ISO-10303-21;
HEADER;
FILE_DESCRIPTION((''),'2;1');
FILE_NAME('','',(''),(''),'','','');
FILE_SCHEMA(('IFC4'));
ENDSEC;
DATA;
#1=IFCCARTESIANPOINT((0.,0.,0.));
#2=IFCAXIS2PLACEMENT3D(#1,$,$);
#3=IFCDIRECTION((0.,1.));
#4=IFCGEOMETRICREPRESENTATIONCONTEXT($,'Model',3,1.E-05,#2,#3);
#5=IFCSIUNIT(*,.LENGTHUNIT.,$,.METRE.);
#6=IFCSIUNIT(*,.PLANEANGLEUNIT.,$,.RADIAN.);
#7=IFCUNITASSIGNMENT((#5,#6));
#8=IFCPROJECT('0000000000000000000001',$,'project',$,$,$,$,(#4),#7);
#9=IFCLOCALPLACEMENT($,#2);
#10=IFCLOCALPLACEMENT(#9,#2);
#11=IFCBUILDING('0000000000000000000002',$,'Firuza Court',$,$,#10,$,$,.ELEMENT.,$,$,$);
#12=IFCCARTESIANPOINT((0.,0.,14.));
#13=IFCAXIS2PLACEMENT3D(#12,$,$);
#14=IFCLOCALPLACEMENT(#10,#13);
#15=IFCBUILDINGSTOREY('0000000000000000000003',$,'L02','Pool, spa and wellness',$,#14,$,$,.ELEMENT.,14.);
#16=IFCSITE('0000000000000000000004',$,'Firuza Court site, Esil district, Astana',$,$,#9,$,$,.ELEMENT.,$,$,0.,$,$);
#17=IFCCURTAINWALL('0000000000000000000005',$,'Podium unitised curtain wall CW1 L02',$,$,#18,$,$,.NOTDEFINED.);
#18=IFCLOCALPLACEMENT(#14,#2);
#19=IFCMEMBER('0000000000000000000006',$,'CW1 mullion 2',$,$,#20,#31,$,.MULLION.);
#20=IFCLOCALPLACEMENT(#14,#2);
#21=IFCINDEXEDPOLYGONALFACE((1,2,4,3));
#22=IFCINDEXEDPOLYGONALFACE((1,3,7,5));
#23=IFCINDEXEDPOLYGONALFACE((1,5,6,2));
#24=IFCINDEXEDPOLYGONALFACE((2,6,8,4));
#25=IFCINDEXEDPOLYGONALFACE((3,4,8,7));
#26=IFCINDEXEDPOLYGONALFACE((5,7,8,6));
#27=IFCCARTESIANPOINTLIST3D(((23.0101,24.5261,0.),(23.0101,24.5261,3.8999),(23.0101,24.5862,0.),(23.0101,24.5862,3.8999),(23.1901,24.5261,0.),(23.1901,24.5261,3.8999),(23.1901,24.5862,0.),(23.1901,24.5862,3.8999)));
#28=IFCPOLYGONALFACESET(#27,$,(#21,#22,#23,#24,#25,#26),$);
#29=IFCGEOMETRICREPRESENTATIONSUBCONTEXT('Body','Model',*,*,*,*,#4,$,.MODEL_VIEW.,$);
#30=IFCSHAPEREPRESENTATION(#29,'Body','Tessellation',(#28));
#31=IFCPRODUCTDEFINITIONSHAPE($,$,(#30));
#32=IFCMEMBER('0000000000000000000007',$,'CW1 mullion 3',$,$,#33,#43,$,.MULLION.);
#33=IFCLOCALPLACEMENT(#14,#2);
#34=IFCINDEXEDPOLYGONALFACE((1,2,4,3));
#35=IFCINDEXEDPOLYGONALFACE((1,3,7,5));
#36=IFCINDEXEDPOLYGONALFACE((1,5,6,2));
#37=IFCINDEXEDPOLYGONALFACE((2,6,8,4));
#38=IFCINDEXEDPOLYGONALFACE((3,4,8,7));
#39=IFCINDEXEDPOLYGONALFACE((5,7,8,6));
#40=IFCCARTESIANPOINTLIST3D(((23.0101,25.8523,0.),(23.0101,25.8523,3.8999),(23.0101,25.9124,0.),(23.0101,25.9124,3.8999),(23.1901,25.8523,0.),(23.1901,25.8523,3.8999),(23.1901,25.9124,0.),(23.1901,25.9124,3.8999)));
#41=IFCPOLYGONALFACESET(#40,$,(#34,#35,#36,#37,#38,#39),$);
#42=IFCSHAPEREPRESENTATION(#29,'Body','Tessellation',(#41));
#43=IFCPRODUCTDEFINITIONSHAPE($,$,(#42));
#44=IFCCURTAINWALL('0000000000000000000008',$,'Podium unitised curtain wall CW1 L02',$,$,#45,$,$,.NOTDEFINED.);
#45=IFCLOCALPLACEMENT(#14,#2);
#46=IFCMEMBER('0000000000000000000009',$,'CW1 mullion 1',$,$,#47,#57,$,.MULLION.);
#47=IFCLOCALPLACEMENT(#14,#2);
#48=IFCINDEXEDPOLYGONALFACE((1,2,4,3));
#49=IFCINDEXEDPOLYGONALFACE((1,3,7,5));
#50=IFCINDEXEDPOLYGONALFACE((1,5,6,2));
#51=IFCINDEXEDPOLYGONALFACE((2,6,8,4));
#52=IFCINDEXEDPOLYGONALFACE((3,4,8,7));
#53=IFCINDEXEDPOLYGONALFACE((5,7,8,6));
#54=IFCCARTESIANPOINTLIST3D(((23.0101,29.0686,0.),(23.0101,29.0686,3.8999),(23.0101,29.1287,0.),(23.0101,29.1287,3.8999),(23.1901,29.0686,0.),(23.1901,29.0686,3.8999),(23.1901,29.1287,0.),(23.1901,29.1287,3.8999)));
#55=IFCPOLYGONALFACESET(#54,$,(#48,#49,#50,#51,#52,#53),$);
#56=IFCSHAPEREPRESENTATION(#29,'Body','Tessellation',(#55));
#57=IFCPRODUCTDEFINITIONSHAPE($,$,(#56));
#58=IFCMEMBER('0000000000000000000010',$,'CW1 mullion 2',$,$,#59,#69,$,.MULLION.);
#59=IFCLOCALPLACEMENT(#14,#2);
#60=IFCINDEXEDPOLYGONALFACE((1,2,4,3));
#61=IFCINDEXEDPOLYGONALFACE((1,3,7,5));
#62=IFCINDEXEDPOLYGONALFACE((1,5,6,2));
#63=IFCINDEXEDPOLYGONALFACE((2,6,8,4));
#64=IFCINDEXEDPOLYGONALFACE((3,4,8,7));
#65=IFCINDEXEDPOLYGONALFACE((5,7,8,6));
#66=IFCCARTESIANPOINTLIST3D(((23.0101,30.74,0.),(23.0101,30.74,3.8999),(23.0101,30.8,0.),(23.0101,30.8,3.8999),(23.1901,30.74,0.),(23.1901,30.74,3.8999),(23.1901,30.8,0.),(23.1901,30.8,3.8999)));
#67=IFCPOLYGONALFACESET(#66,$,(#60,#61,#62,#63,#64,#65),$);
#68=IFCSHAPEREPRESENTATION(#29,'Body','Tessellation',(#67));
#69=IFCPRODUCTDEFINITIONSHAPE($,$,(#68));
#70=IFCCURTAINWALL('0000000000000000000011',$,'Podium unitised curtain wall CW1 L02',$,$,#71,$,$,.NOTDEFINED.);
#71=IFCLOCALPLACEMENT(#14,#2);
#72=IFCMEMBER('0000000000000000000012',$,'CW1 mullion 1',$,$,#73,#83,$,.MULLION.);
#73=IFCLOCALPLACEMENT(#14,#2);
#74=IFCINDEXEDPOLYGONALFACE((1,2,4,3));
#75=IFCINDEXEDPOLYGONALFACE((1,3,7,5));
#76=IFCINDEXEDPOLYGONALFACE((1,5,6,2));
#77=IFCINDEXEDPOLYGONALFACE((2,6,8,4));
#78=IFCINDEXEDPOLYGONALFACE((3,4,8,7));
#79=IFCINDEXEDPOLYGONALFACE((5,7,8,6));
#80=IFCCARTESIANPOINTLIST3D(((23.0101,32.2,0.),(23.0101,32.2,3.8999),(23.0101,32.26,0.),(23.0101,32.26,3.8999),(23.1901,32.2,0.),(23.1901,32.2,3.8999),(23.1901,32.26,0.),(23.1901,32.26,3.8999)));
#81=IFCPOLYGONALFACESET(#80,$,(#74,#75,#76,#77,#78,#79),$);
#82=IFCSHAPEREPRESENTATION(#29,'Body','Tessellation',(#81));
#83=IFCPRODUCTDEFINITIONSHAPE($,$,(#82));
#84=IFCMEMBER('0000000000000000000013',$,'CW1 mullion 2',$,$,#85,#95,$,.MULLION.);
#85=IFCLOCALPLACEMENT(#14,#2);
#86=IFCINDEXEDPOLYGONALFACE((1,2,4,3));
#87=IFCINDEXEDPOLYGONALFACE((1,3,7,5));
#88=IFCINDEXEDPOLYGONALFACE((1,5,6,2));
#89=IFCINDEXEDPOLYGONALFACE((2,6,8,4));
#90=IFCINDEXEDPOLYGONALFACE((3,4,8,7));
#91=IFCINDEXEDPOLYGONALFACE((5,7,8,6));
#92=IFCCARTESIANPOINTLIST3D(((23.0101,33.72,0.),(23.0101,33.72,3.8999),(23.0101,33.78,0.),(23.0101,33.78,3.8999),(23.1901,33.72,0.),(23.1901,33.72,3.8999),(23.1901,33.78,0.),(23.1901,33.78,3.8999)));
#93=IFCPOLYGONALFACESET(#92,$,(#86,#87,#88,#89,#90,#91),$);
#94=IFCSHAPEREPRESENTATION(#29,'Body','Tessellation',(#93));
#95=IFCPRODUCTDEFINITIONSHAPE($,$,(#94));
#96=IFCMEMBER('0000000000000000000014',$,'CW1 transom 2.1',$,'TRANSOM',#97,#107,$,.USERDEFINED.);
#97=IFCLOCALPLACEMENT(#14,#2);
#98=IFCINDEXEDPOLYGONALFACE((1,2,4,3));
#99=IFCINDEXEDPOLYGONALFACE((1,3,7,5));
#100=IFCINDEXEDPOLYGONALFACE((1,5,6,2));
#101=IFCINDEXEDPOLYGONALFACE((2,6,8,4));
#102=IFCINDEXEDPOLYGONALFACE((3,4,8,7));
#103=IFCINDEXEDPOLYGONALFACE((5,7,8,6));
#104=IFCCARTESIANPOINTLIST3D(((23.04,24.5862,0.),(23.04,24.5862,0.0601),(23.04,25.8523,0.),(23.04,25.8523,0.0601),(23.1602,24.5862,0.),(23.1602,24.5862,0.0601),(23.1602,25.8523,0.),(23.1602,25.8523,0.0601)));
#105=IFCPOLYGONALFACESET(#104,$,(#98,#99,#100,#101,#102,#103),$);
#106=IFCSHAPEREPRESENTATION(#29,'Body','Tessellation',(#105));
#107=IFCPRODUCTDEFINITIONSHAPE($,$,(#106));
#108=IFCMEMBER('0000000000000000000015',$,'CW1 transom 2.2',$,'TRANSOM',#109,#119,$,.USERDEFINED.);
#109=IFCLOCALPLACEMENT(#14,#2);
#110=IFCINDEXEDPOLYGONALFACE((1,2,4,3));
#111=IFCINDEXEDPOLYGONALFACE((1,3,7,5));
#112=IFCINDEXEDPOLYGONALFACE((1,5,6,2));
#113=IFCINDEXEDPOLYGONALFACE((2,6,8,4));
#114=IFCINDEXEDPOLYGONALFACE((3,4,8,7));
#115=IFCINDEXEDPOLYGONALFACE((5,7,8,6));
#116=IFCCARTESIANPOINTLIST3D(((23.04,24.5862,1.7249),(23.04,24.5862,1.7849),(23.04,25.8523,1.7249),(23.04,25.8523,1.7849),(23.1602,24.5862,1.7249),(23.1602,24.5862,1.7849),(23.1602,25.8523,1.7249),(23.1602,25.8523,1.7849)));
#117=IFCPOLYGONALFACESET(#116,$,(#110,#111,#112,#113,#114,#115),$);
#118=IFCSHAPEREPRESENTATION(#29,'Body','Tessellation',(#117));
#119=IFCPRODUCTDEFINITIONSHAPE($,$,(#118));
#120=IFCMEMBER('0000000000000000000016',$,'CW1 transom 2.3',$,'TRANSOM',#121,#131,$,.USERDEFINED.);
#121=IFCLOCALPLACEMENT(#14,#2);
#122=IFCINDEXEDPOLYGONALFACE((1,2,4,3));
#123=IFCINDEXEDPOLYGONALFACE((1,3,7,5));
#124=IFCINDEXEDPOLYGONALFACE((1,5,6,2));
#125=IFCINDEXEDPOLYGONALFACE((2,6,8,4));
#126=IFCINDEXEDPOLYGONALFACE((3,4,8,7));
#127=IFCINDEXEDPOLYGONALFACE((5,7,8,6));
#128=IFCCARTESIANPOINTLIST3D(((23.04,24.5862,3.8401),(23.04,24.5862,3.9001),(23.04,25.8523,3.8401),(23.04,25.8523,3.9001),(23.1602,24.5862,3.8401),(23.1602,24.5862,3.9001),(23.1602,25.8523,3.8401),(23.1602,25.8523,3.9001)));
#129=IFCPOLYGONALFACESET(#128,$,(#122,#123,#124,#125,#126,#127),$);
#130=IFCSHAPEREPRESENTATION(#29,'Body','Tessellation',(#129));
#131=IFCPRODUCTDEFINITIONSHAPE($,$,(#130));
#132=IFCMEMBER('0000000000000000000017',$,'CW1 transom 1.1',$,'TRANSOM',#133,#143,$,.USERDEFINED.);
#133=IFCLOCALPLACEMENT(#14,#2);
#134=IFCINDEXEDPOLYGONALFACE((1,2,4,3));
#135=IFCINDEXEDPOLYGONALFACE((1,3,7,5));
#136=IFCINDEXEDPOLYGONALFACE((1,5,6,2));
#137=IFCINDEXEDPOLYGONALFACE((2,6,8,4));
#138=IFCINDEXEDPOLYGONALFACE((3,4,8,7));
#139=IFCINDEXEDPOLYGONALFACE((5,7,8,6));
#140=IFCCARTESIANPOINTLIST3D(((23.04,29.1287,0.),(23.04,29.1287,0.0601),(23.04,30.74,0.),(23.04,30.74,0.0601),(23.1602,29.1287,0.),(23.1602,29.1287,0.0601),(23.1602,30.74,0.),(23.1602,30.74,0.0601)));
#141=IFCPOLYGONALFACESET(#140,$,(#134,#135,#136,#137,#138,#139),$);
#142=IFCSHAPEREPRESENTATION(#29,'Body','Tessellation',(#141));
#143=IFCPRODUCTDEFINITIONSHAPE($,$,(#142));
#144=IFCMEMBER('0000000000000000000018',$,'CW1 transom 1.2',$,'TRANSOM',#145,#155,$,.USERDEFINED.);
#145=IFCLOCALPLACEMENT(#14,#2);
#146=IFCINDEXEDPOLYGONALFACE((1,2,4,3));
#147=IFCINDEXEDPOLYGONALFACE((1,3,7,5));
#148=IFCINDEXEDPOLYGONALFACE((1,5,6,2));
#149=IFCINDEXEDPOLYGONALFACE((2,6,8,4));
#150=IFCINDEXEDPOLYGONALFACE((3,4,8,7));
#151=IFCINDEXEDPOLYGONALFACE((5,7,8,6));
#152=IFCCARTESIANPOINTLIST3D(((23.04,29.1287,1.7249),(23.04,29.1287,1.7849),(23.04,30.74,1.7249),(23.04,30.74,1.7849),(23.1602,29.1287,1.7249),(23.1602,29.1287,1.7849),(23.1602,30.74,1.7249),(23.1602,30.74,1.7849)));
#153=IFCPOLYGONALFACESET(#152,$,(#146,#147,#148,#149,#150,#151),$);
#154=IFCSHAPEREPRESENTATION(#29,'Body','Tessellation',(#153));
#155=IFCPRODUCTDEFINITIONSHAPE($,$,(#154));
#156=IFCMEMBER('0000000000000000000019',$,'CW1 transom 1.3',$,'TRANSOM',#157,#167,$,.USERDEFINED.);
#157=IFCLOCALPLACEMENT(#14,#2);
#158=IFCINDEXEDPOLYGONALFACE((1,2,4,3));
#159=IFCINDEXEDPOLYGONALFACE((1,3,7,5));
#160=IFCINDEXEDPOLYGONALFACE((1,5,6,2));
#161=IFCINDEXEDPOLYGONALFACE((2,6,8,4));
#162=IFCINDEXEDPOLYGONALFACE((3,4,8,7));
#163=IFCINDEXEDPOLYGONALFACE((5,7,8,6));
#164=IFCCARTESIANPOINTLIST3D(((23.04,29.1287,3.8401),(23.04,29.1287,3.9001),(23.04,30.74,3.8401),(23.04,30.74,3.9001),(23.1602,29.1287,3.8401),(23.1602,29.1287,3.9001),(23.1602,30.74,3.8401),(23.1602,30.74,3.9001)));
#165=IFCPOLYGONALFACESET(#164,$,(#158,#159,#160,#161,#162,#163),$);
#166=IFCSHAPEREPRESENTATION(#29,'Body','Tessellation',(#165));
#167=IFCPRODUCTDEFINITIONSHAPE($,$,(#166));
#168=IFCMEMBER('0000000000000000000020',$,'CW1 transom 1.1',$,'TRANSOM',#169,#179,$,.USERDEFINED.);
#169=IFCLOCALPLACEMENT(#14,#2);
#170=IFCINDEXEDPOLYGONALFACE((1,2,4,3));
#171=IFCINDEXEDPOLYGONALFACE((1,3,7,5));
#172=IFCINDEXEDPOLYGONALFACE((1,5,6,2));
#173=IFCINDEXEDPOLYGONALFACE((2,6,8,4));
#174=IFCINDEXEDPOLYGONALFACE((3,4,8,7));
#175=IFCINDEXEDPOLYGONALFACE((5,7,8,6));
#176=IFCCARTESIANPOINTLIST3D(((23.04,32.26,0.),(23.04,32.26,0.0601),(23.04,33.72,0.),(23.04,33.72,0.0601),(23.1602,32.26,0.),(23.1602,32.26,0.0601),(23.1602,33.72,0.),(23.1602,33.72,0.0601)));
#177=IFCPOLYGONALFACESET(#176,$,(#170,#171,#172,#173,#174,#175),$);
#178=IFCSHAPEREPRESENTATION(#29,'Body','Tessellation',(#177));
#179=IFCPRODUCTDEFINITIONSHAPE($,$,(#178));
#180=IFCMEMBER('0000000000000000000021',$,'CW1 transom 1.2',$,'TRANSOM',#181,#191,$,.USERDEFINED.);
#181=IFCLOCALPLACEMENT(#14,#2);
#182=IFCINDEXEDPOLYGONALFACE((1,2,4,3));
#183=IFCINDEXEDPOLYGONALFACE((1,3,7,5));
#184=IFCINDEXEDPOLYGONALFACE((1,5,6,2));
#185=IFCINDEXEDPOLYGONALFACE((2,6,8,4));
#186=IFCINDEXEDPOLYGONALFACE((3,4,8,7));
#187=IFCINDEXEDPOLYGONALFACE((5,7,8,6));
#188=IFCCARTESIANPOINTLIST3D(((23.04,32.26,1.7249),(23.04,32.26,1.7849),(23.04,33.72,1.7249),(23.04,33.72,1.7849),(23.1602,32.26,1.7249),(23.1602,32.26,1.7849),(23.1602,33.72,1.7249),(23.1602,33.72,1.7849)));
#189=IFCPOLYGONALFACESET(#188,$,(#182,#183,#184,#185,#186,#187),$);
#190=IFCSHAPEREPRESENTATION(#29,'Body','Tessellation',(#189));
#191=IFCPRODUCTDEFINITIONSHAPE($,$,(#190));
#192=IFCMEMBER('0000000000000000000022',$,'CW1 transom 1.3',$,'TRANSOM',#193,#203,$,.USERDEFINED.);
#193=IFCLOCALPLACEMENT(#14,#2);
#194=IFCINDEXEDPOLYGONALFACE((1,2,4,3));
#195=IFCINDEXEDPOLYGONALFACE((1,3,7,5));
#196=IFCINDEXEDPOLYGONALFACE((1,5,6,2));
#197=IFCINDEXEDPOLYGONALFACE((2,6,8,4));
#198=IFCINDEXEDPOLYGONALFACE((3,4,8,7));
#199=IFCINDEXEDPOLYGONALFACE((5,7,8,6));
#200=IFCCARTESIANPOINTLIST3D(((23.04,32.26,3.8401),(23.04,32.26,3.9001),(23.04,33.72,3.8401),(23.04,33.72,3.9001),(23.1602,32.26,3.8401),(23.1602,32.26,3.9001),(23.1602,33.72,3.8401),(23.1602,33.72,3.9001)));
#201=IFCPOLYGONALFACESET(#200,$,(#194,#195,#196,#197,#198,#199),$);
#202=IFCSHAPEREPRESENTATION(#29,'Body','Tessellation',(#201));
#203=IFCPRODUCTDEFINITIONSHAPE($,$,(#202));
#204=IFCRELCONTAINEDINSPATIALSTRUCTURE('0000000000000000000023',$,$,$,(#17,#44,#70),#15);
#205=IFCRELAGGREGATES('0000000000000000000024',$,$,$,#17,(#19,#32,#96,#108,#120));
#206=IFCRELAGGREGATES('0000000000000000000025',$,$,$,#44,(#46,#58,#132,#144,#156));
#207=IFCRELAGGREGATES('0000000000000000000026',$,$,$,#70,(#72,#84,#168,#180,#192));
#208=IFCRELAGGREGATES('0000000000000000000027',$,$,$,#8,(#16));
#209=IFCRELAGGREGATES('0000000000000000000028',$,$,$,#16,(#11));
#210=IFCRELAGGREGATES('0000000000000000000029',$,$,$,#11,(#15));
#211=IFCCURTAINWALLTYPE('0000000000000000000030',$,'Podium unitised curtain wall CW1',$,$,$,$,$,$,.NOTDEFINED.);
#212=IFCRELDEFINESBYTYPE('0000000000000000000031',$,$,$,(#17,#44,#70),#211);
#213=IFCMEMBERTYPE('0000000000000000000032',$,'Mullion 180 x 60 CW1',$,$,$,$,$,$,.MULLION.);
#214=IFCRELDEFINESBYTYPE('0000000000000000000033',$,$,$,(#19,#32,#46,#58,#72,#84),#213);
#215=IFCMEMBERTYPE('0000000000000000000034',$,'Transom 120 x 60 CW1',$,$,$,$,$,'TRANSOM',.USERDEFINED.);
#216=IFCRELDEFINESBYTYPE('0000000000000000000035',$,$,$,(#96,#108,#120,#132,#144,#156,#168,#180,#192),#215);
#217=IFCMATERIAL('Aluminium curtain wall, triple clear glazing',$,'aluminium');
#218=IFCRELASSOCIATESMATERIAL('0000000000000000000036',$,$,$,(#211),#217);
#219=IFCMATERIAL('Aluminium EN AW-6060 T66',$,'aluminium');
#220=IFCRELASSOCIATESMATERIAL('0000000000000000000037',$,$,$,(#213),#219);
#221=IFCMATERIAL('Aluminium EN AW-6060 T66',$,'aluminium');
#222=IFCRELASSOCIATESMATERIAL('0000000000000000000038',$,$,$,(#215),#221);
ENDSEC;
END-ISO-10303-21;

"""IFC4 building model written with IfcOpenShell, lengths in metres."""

from ifc_helpers import new_model, si_unit, direction, frame, origin, origin_2d, place, context, subcontext, project, spatial, rectangle, extrude, material, material_profile, profile_set, type_object, element, aggregate, save


model = new_model("IFC4")

# Units and contexts
model_context = context("Model", 3, precision=1e-05, world=origin(), true_north=direction((0.0, 1.0)))
body_context = subcontext(model_context, "Body", "Model", "MODEL_VIEW")
ifc_project = project(units=[si_unit("LENGTHUNIT", "METRE"), si_unit("PLANEANGLEUNIT", "RADIAN")], contexts=[model_context])

# Site, building, storey
site_placement = place(None, origin())
site = spatial("IfcSite", under=ifc_project, at=site_placement, Name="Firuza Court site, Esil district, Astana", CompositionType="ELEMENT", RefElevation=0.0)
building_placement = place(site_placement, origin())
building = spatial("IfcBuilding", under=site, at=building_placement, Name="Firuza Court", CompositionType="ELEMENT")
storey_placement = place(building_placement, frame((0.0, 0.0, 14.0)))
storey = spatial("IfcBuildingStorey", under=building, at=storey_placement, Name="L02", Description="Pool, spa and wellness", CompositionType="ELEMENT", Elevation=14.0)

# Curtain walls, members
ifc_material_1 = material(Name="Aluminium curtain wall, triple clear glazing", Category="aluminium")
curtain_wall_type = type_object("IfcCurtainWallType", Name="Podium unitised curtain wall CW1", PredefinedType="NOTDEFINED", material=ifc_material_1)
curtain_wall_1_placement = place(storey_placement, origin())
curtain_wall_1 = element("IfcCurtainWall", 1, at=curtain_wall_1_placement, inside=storey, type_object=curtain_wall_type, Name="Podium unitised curtain wall CW1 L02", PredefinedType="NOTDEFINED")
ifc_material_2 = material(Name="Aluminium EN AW-6060 T66", Category="aluminium")
ifc_material_profile_1 = material_profile(ifc_material_2, rectangle(XDim=0.1799, YDim=0.0601, at=origin_2d()), Name="Mullion 180 x 60 CW1")
ifc_profile_set_1 = profile_set([ifc_material_profile_1], Name="Aluminium EN AW-6060 T66")
member_type_1 = type_object("IfcMemberType", Name="Mullion 180 x 60 CW1", PredefinedType="MULLION", material=ifc_profile_set_1)
member_1_placement = place(storey_placement, frame((23.1001, 24.5562, 0.0), z_axis=(0.0, 0.0, 1.0), x_axis=(-1.0, 0.0, 0.0)))
member_1 = element("IfcMember", 2, at=member_1_placement, type_object=member_type_1, Name="CW1 mullion 2", PredefinedType="MULLION", context=body_context, shape_type="SweptSolid", body=[
    extrude(rectangle(XDim=0.1799, YDim=0.0601, at=origin_2d()), origin(), (0.0, 0.0, 1.0), 3.8999),
])
member_2_placement = place(storey_placement, frame((23.1001, 25.8823, 0.0), z_axis=(0.0, 0.0, 1.0), x_axis=(-1.0, 0.0, 0.0)))
member_2 = element("IfcMember", 3, at=member_2_placement, type_object=member_type_1, Name="CW1 mullion 3", PredefinedType="MULLION", context=body_context, shape_type="SweptSolid", body=[
    extrude(rectangle(XDim=0.1799, YDim=0.0601, at=origin_2d()), origin(), (0.0, 0.0, 1.0), 3.8999),
])
curtain_wall_2_placement = place(storey_placement, origin())
curtain_wall_2 = element("IfcCurtainWall", 4, at=curtain_wall_2_placement, inside=storey, type_object=curtain_wall_type, Name="Podium unitised curtain wall CW1 L02", PredefinedType="NOTDEFINED")
member_3_placement = place(storey_placement, frame((23.1001, 29.0986, 0.0), z_axis=(0.0, 0.0, 1.0), x_axis=(-1.0, 0.0, 0.0)))
member_3 = element("IfcMember", 5, at=member_3_placement, type_object=member_type_1, Name="CW1 mullion 1", PredefinedType="MULLION", context=body_context, shape_type="SweptSolid", body=[
    extrude(rectangle(XDim=0.1799, YDim=0.0601, at=origin_2d()), origin(), (0.0, 0.0, 1.0), 3.8999),
])
member_4_placement = place(storey_placement, frame((23.1001, 30.77, 0.0), z_axis=(0.0, 0.0, 1.0), x_axis=(-1.0, 0.0, 0.0)))
member_4 = element("IfcMember", 6, at=member_4_placement, type_object=member_type_1, Name="CW1 mullion 2", PredefinedType="MULLION", context=body_context, shape_type="SweptSolid", body=[
    extrude(rectangle(XDim=0.1799, YDim=0.0601, at=origin_2d()), origin(), (0.0, 0.0, 1.0), 3.8999),
])
curtain_wall_3_placement = place(storey_placement, origin())
curtain_wall_3 = element("IfcCurtainWall", 7, at=curtain_wall_3_placement, inside=storey, type_object=curtain_wall_type, Name="Podium unitised curtain wall CW1 L02", PredefinedType="NOTDEFINED")
member_5_placement = place(storey_placement, frame((23.1001, 32.23, 0.0), z_axis=(0.0, 0.0, 1.0), x_axis=(-1.0, 0.0, 0.0)))
member_5 = element("IfcMember", 8, at=member_5_placement, type_object=member_type_1, Name="CW1 mullion 1", PredefinedType="MULLION", context=body_context, shape_type="SweptSolid", body=[
    extrude(rectangle(XDim=0.1799, YDim=0.0601, at=origin_2d()), origin(), (0.0, 0.0, 1.0), 3.8999),
])
member_6_placement = place(storey_placement, frame((23.1001, 33.75, 0.0), z_axis=(0.0, 0.0, 1.0), x_axis=(-1.0, 0.0, 0.0)))
member_6 = element("IfcMember", 9, at=member_6_placement, type_object=member_type_1, Name="CW1 mullion 2", PredefinedType="MULLION", context=body_context, shape_type="SweptSolid", body=[
    extrude(rectangle(XDim=0.1799, YDim=0.0601, at=origin_2d()), origin(), (0.0, 0.0, 1.0), 3.8999),
])

# Members
ifc_material_3 = material(Name="Aluminium EN AW-6060 T66", Category="aluminium")
ifc_material_profile_2 = material_profile(ifc_material_3, rectangle(XDim=0.1201, YDim=0.0601, at=origin_2d()), Name="Transom 120 x 60 CW1")
ifc_profile_set_2 = profile_set([ifc_material_profile_2], Name="Aluminium EN AW-6060 T66")
member_type_2 = type_object("IfcMemberType", Name="Transom 120 x 60 CW1", ElementType="TRANSOM", PredefinedType="USERDEFINED", material=ifc_profile_set_2)
member_7_placement = place(storey_placement, frame((23.1001, 24.5862, 0.03), z_axis=(0.0, 1.0, 0.0), x_axis=(-1.0, 0.0, 0.0)))
member_7 = element("IfcMember", 10, at=member_7_placement, type_object=member_type_2, Name="CW1 transom 2.1", ObjectType="TRANSOM", PredefinedType="USERDEFINED", context=body_context, shape_type="SweptSolid", body=[
    extrude(rectangle(XDim=0.1201, YDim=0.0601, at=origin_2d()), origin(), (0.0, 0.0, 1.0), 1.2661),
])
member_8_placement = place(storey_placement, frame((23.1001, 24.5862, 1.7549), z_axis=(0.0, 1.0, 0.0), x_axis=(-1.0, 0.0, 0.0)))
member_8 = element("IfcMember", 11, at=member_8_placement, type_object=member_type_2, Name="CW1 transom 2.2", ObjectType="TRANSOM", PredefinedType="USERDEFINED", context=body_context, shape_type="SweptSolid", body=[
    extrude(rectangle(XDim=0.1201, YDim=0.0601, at=origin_2d()), origin(), (0.0, 0.0, 1.0), 1.2661),
])
member_9_placement = place(storey_placement, frame((23.1001, 24.5862, 3.8701), z_axis=(0.0, 1.0, 0.0), x_axis=(-1.0, 0.0, 0.0)))
member_9 = element("IfcMember", 12, at=member_9_placement, type_object=member_type_2, Name="CW1 transom 2.3", ObjectType="TRANSOM", PredefinedType="USERDEFINED", context=body_context, shape_type="SweptSolid", body=[
    extrude(rectangle(XDim=0.1201, YDim=0.0601, at=origin_2d()), origin(), (0.0, 0.0, 1.0), 1.2661),
])
member_10_placement = place(storey_placement, frame((23.1001, 29.1287, 0.03), z_axis=(0.0, 1.0, 0.0), x_axis=(-1.0, 0.0, 0.0)))
member_10 = element("IfcMember", 13, at=member_10_placement, type_object=member_type_2, Name="CW1 transom 1.1", ObjectType="TRANSOM", PredefinedType="USERDEFINED", context=body_context, shape_type="SweptSolid", body=[
    extrude(rectangle(XDim=0.1201, YDim=0.0601, at=origin_2d()), origin(), (0.0, 0.0, 1.0), 1.6113),
])
member_11_placement = place(storey_placement, frame((23.1001, 29.1287, 1.7549), z_axis=(0.0, 1.0, 0.0), x_axis=(-1.0, 0.0, 0.0)))
member_11 = element("IfcMember", 14, at=member_11_placement, type_object=member_type_2, Name="CW1 transom 1.2", ObjectType="TRANSOM", PredefinedType="USERDEFINED", context=body_context, shape_type="SweptSolid", body=[
    extrude(rectangle(XDim=0.1201, YDim=0.0601, at=origin_2d()), origin(), (0.0, 0.0, 1.0), 1.6113),
])
member_12_placement = place(storey_placement, frame((23.1001, 29.1287, 3.8701), z_axis=(0.0, 1.0, 0.0), x_axis=(-1.0, 0.0, 0.0)))
member_12 = element("IfcMember", 15, at=member_12_placement, type_object=member_type_2, Name="CW1 transom 1.3", ObjectType="TRANSOM", PredefinedType="USERDEFINED", context=body_context, shape_type="SweptSolid", body=[
    extrude(rectangle(XDim=0.1201, YDim=0.0601, at=origin_2d()), origin(), (0.0, 0.0, 1.0), 1.6113),
])
member_13_placement = place(storey_placement, frame((23.1001, 32.26, 0.03), z_axis=(0.0, 1.0, 0.0), x_axis=(-1.0, 0.0, 0.0)))
member_13 = element("IfcMember", 16, at=member_13_placement, type_object=member_type_2, Name="CW1 transom 1.1", ObjectType="TRANSOM", PredefinedType="USERDEFINED", context=body_context, shape_type="SweptSolid", body=[
    extrude(rectangle(XDim=0.1201, YDim=0.0601, at=origin_2d()), origin(), (0.0, 0.0, 1.0), 1.46),
])
member_14_placement = place(storey_placement, frame((23.1001, 32.26, 1.7549), z_axis=(0.0, 1.0, 0.0), x_axis=(-1.0, 0.0, 0.0)))
member_14 = element("IfcMember", 17, at=member_14_placement, type_object=member_type_2, Name="CW1 transom 1.2", ObjectType="TRANSOM", PredefinedType="USERDEFINED", context=body_context, shape_type="SweptSolid", body=[
    extrude(rectangle(XDim=0.1201, YDim=0.0601, at=origin_2d()), origin(), (0.0, 0.0, 1.0), 1.46),
])
member_15_placement = place(storey_placement, frame((23.1001, 32.26, 3.8701), z_axis=(0.0, 1.0, 0.0), x_axis=(-1.0, 0.0, 0.0)))
member_15 = element("IfcMember", 18, at=member_15_placement, type_object=member_type_2, Name="CW1 transom 1.3", ObjectType="TRANSOM", PredefinedType="USERDEFINED", context=body_context, shape_type="SweptSolid", body=[
    extrude(rectangle(XDim=0.1201, YDim=0.0601, at=origin_2d()), origin(), (0.0, 0.0, 1.0), 1.46),
])

aggregate(curtain_wall_1, [member_1, member_2, member_7, member_8, member_9])
aggregate(curtain_wall_2, [member_3, member_4, member_10, member_11, member_12])
aggregate(curtain_wall_3, [member_5, member_6, member_13, member_14, member_15])

save(model, "model.ifc")
